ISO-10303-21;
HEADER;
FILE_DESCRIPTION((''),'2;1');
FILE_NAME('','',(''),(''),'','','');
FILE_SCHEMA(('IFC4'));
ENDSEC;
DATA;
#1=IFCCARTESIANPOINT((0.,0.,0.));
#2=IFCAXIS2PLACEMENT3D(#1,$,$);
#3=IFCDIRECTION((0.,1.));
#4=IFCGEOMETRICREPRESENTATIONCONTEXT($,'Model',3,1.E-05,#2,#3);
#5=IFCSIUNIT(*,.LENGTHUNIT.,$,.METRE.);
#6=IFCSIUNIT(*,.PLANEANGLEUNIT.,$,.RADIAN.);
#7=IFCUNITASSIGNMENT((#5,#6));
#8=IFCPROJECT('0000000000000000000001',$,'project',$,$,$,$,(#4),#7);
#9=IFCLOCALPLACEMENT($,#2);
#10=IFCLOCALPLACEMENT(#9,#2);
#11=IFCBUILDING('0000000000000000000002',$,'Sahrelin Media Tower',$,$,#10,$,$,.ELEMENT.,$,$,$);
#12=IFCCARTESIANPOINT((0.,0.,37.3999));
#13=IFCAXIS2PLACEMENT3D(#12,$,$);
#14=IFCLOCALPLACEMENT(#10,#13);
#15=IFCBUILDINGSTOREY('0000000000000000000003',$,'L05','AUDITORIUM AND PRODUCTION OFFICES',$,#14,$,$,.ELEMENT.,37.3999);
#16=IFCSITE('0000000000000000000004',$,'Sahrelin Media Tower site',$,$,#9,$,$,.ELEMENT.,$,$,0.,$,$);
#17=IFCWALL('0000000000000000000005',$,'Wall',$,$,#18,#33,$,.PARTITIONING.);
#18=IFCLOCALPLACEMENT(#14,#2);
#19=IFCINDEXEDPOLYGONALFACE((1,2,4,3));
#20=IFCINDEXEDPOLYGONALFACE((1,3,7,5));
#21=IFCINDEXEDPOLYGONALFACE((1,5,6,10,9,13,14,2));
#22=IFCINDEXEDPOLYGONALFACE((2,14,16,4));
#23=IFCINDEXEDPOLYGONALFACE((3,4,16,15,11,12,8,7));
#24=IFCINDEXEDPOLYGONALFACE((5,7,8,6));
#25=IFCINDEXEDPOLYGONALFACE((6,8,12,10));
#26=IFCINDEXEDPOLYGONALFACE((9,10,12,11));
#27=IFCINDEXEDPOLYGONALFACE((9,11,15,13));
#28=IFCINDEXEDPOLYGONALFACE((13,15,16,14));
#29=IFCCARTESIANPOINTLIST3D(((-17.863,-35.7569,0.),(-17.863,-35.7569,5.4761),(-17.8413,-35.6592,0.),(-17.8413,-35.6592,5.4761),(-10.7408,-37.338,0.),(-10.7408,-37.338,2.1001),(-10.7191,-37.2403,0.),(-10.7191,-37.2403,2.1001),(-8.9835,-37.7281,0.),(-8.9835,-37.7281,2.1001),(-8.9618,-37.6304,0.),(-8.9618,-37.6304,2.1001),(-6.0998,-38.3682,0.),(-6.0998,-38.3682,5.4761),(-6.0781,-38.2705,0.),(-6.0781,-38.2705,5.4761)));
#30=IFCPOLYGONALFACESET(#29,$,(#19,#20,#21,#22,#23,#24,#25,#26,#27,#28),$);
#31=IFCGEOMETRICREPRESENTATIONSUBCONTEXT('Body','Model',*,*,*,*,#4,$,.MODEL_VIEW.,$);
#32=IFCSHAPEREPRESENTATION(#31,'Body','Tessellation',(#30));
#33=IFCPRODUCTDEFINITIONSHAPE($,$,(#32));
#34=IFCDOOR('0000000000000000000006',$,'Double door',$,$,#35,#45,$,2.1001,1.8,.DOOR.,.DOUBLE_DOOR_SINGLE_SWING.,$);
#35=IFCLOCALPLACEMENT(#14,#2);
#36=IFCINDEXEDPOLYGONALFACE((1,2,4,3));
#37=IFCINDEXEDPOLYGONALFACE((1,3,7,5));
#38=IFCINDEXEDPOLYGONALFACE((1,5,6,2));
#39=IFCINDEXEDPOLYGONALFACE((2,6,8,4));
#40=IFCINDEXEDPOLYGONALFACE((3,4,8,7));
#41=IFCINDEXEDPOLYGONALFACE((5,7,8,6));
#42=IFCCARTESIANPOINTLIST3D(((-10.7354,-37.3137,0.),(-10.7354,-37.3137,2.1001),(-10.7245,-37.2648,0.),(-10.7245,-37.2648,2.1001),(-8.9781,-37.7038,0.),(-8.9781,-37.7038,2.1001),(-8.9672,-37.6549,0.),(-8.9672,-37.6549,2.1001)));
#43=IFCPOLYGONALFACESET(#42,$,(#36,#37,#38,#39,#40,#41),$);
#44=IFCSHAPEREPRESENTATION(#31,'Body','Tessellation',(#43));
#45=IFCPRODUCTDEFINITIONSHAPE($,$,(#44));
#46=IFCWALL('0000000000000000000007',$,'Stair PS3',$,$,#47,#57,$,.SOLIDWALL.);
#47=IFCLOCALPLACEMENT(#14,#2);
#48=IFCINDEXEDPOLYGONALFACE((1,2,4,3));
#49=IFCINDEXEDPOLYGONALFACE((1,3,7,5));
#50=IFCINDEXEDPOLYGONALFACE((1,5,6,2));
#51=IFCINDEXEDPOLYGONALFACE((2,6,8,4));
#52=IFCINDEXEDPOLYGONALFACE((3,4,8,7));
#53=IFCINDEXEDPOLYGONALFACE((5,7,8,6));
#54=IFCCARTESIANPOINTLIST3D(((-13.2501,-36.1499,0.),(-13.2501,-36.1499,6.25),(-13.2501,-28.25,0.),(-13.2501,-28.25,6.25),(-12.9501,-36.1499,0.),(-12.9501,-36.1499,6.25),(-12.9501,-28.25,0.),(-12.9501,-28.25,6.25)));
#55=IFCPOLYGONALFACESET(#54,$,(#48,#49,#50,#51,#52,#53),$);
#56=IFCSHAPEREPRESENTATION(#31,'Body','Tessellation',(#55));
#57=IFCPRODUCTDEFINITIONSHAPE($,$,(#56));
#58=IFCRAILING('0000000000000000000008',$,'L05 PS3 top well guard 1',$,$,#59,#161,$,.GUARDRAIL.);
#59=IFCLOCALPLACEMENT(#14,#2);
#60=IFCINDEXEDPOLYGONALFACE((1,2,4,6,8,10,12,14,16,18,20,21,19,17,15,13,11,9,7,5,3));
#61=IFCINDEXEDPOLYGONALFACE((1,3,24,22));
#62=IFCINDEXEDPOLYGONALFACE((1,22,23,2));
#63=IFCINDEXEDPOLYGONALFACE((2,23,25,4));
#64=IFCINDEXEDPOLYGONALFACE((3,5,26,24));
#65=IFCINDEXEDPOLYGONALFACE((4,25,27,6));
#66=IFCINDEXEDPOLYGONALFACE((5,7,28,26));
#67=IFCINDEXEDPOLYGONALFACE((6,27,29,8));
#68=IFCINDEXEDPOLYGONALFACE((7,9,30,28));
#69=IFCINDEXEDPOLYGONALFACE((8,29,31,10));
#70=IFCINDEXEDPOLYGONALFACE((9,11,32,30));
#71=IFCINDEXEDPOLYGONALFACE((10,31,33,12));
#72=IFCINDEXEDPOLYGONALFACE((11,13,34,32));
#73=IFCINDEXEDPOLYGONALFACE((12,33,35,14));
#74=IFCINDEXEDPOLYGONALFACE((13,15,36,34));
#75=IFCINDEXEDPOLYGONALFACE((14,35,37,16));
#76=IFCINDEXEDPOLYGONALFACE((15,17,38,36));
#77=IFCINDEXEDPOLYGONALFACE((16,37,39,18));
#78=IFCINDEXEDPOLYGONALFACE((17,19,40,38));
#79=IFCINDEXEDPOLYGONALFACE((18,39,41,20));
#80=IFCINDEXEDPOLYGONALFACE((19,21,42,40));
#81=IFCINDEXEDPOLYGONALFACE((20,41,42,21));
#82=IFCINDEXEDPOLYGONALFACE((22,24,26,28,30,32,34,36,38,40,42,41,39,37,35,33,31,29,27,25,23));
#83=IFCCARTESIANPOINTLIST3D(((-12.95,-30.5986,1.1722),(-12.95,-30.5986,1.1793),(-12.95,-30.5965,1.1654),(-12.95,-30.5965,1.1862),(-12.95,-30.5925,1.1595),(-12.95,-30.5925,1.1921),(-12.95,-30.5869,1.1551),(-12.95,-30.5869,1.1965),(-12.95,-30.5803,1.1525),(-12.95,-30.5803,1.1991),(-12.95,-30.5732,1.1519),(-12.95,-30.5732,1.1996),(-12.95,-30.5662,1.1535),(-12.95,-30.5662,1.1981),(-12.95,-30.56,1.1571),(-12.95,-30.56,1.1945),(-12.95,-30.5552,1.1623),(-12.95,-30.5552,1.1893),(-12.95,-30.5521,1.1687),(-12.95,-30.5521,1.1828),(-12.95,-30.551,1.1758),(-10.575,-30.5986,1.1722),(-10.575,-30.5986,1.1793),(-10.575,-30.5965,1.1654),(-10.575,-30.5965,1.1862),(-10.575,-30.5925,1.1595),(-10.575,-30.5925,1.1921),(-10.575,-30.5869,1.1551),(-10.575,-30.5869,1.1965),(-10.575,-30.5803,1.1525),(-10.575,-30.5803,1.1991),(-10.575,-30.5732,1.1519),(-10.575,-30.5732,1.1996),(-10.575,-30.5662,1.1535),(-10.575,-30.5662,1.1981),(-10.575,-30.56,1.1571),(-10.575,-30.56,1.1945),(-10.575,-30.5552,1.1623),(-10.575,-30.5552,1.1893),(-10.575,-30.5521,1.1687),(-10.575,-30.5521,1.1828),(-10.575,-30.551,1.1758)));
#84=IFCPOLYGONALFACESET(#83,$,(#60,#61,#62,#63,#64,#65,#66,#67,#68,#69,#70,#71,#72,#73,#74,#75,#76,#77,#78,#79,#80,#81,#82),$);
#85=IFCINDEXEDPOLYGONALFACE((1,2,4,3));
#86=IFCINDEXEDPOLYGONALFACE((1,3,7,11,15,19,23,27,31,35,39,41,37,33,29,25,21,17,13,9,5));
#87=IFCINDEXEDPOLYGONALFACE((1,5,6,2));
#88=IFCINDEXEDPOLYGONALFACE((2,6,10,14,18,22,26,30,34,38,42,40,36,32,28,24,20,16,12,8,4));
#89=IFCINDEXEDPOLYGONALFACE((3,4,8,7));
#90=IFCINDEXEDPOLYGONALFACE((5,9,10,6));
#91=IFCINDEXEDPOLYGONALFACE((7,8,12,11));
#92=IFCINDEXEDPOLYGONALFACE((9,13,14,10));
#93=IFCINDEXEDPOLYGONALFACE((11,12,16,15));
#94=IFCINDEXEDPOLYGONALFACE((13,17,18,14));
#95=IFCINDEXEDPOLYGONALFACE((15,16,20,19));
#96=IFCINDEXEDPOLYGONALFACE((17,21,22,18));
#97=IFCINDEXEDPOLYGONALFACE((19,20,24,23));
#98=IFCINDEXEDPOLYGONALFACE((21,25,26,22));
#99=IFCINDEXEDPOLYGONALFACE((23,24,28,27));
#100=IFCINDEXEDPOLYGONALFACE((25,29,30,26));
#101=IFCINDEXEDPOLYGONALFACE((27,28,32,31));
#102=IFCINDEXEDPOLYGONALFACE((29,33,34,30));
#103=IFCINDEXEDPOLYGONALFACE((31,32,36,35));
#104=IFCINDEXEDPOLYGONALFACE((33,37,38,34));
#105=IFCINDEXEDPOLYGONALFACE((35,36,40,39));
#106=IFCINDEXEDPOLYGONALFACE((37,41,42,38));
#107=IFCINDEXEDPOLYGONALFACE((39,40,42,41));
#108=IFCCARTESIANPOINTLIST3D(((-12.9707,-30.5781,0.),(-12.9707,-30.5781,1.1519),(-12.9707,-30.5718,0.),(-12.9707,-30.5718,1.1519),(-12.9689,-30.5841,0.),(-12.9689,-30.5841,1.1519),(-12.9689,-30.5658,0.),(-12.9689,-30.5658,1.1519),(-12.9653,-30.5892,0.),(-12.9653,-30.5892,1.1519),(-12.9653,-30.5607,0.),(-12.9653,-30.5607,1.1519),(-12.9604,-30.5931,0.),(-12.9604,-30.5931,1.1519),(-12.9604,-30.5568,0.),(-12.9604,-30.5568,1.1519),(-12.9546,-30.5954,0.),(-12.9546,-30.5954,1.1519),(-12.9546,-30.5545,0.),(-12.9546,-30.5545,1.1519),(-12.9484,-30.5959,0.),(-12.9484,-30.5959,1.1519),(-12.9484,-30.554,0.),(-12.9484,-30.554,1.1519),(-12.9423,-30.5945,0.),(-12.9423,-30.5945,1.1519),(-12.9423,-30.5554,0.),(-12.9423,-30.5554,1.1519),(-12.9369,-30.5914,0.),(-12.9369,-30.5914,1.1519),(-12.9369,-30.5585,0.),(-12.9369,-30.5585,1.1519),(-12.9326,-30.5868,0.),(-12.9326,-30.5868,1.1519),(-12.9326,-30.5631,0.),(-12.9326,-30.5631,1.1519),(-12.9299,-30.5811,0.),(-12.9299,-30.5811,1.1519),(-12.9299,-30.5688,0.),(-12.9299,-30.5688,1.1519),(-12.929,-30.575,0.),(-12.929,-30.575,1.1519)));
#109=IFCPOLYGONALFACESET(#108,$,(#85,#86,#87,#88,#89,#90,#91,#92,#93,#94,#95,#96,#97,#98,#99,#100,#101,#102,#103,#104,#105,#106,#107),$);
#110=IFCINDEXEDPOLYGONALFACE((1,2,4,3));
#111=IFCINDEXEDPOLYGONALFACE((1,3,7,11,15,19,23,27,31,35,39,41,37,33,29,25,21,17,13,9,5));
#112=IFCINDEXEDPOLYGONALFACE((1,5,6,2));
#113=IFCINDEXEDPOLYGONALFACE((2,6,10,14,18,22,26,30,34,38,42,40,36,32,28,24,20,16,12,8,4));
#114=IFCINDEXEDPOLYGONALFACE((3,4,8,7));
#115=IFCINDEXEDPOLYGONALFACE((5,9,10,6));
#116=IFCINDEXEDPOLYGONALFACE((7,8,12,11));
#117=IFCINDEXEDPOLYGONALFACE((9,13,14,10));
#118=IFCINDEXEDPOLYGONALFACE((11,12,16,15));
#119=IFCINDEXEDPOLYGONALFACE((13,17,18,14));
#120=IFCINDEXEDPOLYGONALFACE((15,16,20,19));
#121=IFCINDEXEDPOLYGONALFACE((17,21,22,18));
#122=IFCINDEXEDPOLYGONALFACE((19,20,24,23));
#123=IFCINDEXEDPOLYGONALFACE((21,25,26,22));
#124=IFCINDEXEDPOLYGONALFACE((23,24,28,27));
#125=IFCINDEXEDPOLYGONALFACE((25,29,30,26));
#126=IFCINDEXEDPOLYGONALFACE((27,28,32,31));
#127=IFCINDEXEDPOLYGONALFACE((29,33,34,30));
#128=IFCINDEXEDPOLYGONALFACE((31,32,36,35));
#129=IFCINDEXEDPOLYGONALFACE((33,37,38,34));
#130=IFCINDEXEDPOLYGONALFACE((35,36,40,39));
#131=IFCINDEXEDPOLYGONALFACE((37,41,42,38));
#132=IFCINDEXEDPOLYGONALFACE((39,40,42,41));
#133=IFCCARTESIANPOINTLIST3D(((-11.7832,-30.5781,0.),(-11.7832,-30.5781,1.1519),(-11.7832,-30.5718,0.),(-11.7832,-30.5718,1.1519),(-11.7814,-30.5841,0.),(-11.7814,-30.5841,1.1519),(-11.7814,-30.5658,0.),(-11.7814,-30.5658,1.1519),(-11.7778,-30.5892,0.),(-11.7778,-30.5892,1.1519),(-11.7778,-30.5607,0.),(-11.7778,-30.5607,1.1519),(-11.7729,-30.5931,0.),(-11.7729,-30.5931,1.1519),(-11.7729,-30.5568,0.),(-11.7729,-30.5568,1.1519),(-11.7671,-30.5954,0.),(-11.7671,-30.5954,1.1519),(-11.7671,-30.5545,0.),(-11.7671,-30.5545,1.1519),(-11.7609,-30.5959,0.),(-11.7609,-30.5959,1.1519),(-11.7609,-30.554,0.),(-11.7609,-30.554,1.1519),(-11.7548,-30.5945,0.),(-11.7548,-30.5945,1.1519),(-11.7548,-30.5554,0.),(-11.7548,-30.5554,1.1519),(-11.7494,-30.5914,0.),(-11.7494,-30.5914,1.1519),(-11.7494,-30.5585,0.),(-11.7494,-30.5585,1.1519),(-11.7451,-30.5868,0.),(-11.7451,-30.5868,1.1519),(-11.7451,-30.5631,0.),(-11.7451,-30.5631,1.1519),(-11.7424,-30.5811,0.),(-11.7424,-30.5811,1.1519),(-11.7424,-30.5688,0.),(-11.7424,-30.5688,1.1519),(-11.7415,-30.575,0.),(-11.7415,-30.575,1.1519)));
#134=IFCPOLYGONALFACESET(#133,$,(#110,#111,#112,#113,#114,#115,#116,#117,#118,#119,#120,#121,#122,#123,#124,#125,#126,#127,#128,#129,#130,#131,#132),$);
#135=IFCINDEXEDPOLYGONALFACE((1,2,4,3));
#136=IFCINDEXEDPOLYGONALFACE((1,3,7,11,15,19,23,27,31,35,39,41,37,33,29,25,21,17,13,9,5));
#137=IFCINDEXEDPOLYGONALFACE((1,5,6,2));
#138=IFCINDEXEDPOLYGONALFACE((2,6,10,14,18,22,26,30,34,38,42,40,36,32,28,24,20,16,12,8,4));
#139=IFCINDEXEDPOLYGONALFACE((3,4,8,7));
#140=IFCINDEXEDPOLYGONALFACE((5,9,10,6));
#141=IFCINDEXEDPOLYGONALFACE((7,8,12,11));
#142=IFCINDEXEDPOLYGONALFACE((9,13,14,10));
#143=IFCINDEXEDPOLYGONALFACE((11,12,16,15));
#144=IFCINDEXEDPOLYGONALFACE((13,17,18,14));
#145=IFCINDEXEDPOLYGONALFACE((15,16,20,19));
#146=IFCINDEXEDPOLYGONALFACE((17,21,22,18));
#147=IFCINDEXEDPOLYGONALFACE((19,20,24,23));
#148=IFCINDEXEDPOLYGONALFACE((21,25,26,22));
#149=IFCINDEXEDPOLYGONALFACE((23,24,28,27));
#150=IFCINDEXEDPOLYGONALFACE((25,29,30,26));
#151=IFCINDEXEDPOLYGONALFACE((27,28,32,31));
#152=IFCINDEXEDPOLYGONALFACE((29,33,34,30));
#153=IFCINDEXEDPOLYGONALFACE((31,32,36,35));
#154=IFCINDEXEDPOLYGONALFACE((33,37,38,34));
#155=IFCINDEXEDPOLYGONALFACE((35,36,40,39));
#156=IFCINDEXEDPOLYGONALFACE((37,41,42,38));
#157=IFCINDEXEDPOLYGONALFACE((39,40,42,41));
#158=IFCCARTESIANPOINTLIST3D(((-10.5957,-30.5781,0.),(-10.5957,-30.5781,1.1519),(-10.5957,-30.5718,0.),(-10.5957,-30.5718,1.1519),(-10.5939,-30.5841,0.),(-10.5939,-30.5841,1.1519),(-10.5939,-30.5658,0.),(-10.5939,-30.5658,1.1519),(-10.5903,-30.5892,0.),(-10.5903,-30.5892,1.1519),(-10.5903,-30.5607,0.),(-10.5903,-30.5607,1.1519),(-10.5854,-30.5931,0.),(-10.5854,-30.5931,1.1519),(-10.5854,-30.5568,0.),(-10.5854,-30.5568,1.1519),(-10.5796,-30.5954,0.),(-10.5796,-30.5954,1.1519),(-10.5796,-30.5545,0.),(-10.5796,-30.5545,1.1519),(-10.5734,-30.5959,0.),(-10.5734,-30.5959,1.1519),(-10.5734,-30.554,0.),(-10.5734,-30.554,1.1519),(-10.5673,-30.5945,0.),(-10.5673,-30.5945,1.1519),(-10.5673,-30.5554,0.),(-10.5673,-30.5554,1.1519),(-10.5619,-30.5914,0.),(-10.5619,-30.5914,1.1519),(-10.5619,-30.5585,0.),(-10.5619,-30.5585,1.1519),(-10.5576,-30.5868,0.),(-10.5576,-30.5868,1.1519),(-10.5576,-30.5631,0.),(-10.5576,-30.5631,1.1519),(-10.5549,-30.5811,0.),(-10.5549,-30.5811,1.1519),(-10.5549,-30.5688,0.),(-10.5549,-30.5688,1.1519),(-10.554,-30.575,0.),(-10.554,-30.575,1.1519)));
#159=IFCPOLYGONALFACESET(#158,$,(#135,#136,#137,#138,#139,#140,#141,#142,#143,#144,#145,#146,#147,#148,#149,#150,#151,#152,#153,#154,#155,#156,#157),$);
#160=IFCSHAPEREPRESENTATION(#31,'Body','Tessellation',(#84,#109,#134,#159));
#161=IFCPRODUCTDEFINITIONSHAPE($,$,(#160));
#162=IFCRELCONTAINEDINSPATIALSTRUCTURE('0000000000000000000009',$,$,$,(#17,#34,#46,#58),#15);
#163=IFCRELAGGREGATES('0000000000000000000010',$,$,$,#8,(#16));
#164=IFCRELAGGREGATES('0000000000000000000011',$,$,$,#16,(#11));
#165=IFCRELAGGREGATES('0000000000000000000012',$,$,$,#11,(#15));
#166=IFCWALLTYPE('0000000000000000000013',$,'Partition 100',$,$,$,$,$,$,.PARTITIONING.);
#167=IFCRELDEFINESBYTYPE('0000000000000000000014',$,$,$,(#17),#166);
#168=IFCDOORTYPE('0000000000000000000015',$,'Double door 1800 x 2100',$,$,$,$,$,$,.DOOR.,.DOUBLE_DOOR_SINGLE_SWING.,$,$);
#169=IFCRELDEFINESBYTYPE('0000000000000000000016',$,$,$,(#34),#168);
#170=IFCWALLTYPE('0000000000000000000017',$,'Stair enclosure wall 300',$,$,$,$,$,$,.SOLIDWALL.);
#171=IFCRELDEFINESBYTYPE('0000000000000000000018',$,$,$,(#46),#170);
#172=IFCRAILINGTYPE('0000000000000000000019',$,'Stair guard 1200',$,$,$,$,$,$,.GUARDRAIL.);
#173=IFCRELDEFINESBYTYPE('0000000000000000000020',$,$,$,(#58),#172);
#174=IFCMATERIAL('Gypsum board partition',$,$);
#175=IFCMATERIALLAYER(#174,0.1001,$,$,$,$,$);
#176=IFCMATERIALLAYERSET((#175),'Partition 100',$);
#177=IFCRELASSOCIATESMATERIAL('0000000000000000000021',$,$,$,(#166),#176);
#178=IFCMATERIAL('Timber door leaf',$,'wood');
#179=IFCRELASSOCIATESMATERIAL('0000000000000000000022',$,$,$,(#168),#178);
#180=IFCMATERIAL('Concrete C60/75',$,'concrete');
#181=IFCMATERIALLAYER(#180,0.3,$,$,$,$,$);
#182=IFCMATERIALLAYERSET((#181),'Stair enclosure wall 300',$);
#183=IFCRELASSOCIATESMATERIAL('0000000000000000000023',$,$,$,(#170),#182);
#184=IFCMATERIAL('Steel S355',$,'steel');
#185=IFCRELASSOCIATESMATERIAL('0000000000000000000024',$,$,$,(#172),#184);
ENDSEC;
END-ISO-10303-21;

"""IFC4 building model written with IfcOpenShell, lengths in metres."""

from ifc_helpers import new_model, si_unit, direction, frame, frame_2d, origin, origin_2d, place, context, subcontext, project, spatial, rectangle, circle, extrude, material, layer, layer_set, type_object, element, fill, save


model = new_model("IFC4")

# Units and contexts
model_context = context("Model", 3, precision=1e-05, world=origin(), true_north=direction((0.0, 1.0)))
body_context = subcontext(model_context, "Body", "Model", "MODEL_VIEW")
ifc_project = project(units=[si_unit("LENGTHUNIT", "METRE"), si_unit("PLANEANGLEUNIT", "RADIAN")], contexts=[model_context])

# Site, building, storey
site_placement = place(None, origin())
site = spatial("IfcSite", under=ifc_project, at=site_placement, Name="Sahrelin Media Tower site", CompositionType="ELEMENT", RefElevation=0.0)
building_placement = place(site_placement, origin())
building = spatial("IfcBuilding", under=site, at=building_placement, Name="Sahrelin Media Tower", CompositionType="ELEMENT")
storey_placement = place(building_placement, frame((0.0, 0.0, 37.3999)))
storey = spatial("IfcBuildingStorey", under=building, at=storey_placement, Name="L05", Description="AUDITORIUM AND PRODUCTION OFFICES", CompositionType="ELEMENT", Elevation=37.3999)

# Shared definitions
ifc_material_1 = material(Name="Steel S355", Category="steel")

# Wall, opening, door
ifc_material_2 = material(Name="Gypsum board partition")
ifc_layer_1 = layer(ifc_material_2, 0.1001)
ifc_layer_set_1 = layer_set([ifc_layer_1], Name="Partition 100")
wall_type_1 = type_object("IfcWallType", Name="Partition 100", PredefinedType="PARTITIONING", material=ifc_layer_set_1)
wall_1_placement = place(storey_placement, frame((-17.8523, -35.708, 0.0), z_axis=(0.0, 0.0, 1.0), x_axis=(0.976235, -0.216716, 0.0)))
wall_1 = element("IfcWall", 1, at=wall_1_placement, inside=storey, type_object=wall_type_1, Name="Wall", PredefinedType="PARTITIONING", context=body_context, shape_type="SweptSolid", body=[
    extrude(rectangle(XDim=12.0496, YDim=0.1001, at=frame_2d((6.0249, 0.0))), origin(), (0.0, 0.0, 1.0), 5.4761),
])
opening_1_placement = place(wall_1_placement, frame((7.2959, 0.0, 0.0)))
opening_1 = element("IfcOpeningElement", 2, at=opening_1_placement, cuts=wall_1, PredefinedType="OPENING", context=body_context, shape_type="SweptSolid", body=[
    extrude(rectangle(XDim=1.8, YDim=2.1001, at=frame_2d((0.8999, 1.05))), frame((0.0, 0.05, 0.0), z_axis=(0.0, -1.0, 0.0), x_axis=(1.0, 0.0, 0.0)), (0.0, 0.0, 1.0), 0.1001),
])
ifc_material_3 = material(Name="Timber door leaf", Category="wood")
door_type_1 = type_object("IfcDoorType", Name="Double door 1800 x 2100", OperationType="DOUBLE_DOOR_SINGLE_SWING", PredefinedType="DOOR", material=ifc_material_3)
door_1_placement = place(opening_1_placement, origin())
door_1 = element("IfcDoor", 3, at=door_1_placement, inside=storey, type_object=door_type_1, Name="Double door", OperationType="DOUBLE_DOOR_SINGLE_SWING", OverallHeight=2.1001, OverallWidth=1.8, PredefinedType="DOOR", context=body_context, shape_type="SweptSolid", body=[
    extrude(rectangle(XDim=1.8, YDim=2.1001, at=frame_2d((0.8999, 1.05))), frame((0.0, 0.0249, 0.0), z_axis=(0.0, -1.0, 0.0), x_axis=(1.0, 0.0, 0.0)), (0.0, 0.0, 1.0), 0.05),
])
fill(opening_1, door_1)

# Wall
ifc_material_4 = material(Name="Concrete C60/75", Category="concrete")
ifc_layer_2 = layer(ifc_material_4, 0.3)
ifc_layer_set_2 = layer_set([ifc_layer_2], Name="Stair enclosure wall 300")
wall_type_2 = type_object("IfcWallType", Name="Stair enclosure wall 300", PredefinedType="SOLIDWALL", material=ifc_layer_set_2)
wall_2_placement = place(storey_placement, frame((-13.1001, -36.1499, 0.0), z_axis=(0.0, 0.0, 1.0), x_axis=(0.0, 1.0, 0.0)))
element("IfcWall", 4, at=wall_2_placement, inside=storey, type_object=wall_type_2, Name="Stair PS3", PredefinedType="SOLIDWALL", context=body_context, shape_type="SweptSolid", body=[
    extrude(rectangle(XDim=7.8999, YDim=0.3, at=frame_2d((3.95, 0.0))), origin(), (0.0, 0.0, 1.0), 6.25),
])

# Railing
railing_type = type_object("IfcRailingType", Name="Stair guard 1200", PredefinedType="GUARDRAIL", material=ifc_material_1)
railing_placement = place(storey_placement, frame((-12.95, -30.575, 0.0)))
element("IfcRailing", 5, at=railing_placement, inside=storey, type_object=railing_type, Name="L05 PS3 top well guard 1", PredefinedType="GUARDRAIL", context=body_context, shape_type="SweptSolid", body=[
    extrude(circle(Radius=0.0239, at=origin_2d()), frame((0.0, 0.0, 1.1758), z_axis=(1.0, 0.0, 0.0), x_axis=(0.0, 1.0, 0.0)), (0.0, 0.0, 1.0), 2.375),
    extrude(circle(Radius=0.021, at=origin_2d()), origin(), (0.0, 0.0, 1.0), 1.1519),
    extrude(circle(Radius=0.021, at=origin_2d()), frame((1.1875, 0.0, 0.0)), (0.0, 0.0, 1.0), 1.1519),
    extrude(circle(Radius=0.021, at=origin_2d()), frame((2.375, 0.0, 0.0)), (0.0, 0.0, 1.0), 1.1519),
])

save(model, "model.ifc")
